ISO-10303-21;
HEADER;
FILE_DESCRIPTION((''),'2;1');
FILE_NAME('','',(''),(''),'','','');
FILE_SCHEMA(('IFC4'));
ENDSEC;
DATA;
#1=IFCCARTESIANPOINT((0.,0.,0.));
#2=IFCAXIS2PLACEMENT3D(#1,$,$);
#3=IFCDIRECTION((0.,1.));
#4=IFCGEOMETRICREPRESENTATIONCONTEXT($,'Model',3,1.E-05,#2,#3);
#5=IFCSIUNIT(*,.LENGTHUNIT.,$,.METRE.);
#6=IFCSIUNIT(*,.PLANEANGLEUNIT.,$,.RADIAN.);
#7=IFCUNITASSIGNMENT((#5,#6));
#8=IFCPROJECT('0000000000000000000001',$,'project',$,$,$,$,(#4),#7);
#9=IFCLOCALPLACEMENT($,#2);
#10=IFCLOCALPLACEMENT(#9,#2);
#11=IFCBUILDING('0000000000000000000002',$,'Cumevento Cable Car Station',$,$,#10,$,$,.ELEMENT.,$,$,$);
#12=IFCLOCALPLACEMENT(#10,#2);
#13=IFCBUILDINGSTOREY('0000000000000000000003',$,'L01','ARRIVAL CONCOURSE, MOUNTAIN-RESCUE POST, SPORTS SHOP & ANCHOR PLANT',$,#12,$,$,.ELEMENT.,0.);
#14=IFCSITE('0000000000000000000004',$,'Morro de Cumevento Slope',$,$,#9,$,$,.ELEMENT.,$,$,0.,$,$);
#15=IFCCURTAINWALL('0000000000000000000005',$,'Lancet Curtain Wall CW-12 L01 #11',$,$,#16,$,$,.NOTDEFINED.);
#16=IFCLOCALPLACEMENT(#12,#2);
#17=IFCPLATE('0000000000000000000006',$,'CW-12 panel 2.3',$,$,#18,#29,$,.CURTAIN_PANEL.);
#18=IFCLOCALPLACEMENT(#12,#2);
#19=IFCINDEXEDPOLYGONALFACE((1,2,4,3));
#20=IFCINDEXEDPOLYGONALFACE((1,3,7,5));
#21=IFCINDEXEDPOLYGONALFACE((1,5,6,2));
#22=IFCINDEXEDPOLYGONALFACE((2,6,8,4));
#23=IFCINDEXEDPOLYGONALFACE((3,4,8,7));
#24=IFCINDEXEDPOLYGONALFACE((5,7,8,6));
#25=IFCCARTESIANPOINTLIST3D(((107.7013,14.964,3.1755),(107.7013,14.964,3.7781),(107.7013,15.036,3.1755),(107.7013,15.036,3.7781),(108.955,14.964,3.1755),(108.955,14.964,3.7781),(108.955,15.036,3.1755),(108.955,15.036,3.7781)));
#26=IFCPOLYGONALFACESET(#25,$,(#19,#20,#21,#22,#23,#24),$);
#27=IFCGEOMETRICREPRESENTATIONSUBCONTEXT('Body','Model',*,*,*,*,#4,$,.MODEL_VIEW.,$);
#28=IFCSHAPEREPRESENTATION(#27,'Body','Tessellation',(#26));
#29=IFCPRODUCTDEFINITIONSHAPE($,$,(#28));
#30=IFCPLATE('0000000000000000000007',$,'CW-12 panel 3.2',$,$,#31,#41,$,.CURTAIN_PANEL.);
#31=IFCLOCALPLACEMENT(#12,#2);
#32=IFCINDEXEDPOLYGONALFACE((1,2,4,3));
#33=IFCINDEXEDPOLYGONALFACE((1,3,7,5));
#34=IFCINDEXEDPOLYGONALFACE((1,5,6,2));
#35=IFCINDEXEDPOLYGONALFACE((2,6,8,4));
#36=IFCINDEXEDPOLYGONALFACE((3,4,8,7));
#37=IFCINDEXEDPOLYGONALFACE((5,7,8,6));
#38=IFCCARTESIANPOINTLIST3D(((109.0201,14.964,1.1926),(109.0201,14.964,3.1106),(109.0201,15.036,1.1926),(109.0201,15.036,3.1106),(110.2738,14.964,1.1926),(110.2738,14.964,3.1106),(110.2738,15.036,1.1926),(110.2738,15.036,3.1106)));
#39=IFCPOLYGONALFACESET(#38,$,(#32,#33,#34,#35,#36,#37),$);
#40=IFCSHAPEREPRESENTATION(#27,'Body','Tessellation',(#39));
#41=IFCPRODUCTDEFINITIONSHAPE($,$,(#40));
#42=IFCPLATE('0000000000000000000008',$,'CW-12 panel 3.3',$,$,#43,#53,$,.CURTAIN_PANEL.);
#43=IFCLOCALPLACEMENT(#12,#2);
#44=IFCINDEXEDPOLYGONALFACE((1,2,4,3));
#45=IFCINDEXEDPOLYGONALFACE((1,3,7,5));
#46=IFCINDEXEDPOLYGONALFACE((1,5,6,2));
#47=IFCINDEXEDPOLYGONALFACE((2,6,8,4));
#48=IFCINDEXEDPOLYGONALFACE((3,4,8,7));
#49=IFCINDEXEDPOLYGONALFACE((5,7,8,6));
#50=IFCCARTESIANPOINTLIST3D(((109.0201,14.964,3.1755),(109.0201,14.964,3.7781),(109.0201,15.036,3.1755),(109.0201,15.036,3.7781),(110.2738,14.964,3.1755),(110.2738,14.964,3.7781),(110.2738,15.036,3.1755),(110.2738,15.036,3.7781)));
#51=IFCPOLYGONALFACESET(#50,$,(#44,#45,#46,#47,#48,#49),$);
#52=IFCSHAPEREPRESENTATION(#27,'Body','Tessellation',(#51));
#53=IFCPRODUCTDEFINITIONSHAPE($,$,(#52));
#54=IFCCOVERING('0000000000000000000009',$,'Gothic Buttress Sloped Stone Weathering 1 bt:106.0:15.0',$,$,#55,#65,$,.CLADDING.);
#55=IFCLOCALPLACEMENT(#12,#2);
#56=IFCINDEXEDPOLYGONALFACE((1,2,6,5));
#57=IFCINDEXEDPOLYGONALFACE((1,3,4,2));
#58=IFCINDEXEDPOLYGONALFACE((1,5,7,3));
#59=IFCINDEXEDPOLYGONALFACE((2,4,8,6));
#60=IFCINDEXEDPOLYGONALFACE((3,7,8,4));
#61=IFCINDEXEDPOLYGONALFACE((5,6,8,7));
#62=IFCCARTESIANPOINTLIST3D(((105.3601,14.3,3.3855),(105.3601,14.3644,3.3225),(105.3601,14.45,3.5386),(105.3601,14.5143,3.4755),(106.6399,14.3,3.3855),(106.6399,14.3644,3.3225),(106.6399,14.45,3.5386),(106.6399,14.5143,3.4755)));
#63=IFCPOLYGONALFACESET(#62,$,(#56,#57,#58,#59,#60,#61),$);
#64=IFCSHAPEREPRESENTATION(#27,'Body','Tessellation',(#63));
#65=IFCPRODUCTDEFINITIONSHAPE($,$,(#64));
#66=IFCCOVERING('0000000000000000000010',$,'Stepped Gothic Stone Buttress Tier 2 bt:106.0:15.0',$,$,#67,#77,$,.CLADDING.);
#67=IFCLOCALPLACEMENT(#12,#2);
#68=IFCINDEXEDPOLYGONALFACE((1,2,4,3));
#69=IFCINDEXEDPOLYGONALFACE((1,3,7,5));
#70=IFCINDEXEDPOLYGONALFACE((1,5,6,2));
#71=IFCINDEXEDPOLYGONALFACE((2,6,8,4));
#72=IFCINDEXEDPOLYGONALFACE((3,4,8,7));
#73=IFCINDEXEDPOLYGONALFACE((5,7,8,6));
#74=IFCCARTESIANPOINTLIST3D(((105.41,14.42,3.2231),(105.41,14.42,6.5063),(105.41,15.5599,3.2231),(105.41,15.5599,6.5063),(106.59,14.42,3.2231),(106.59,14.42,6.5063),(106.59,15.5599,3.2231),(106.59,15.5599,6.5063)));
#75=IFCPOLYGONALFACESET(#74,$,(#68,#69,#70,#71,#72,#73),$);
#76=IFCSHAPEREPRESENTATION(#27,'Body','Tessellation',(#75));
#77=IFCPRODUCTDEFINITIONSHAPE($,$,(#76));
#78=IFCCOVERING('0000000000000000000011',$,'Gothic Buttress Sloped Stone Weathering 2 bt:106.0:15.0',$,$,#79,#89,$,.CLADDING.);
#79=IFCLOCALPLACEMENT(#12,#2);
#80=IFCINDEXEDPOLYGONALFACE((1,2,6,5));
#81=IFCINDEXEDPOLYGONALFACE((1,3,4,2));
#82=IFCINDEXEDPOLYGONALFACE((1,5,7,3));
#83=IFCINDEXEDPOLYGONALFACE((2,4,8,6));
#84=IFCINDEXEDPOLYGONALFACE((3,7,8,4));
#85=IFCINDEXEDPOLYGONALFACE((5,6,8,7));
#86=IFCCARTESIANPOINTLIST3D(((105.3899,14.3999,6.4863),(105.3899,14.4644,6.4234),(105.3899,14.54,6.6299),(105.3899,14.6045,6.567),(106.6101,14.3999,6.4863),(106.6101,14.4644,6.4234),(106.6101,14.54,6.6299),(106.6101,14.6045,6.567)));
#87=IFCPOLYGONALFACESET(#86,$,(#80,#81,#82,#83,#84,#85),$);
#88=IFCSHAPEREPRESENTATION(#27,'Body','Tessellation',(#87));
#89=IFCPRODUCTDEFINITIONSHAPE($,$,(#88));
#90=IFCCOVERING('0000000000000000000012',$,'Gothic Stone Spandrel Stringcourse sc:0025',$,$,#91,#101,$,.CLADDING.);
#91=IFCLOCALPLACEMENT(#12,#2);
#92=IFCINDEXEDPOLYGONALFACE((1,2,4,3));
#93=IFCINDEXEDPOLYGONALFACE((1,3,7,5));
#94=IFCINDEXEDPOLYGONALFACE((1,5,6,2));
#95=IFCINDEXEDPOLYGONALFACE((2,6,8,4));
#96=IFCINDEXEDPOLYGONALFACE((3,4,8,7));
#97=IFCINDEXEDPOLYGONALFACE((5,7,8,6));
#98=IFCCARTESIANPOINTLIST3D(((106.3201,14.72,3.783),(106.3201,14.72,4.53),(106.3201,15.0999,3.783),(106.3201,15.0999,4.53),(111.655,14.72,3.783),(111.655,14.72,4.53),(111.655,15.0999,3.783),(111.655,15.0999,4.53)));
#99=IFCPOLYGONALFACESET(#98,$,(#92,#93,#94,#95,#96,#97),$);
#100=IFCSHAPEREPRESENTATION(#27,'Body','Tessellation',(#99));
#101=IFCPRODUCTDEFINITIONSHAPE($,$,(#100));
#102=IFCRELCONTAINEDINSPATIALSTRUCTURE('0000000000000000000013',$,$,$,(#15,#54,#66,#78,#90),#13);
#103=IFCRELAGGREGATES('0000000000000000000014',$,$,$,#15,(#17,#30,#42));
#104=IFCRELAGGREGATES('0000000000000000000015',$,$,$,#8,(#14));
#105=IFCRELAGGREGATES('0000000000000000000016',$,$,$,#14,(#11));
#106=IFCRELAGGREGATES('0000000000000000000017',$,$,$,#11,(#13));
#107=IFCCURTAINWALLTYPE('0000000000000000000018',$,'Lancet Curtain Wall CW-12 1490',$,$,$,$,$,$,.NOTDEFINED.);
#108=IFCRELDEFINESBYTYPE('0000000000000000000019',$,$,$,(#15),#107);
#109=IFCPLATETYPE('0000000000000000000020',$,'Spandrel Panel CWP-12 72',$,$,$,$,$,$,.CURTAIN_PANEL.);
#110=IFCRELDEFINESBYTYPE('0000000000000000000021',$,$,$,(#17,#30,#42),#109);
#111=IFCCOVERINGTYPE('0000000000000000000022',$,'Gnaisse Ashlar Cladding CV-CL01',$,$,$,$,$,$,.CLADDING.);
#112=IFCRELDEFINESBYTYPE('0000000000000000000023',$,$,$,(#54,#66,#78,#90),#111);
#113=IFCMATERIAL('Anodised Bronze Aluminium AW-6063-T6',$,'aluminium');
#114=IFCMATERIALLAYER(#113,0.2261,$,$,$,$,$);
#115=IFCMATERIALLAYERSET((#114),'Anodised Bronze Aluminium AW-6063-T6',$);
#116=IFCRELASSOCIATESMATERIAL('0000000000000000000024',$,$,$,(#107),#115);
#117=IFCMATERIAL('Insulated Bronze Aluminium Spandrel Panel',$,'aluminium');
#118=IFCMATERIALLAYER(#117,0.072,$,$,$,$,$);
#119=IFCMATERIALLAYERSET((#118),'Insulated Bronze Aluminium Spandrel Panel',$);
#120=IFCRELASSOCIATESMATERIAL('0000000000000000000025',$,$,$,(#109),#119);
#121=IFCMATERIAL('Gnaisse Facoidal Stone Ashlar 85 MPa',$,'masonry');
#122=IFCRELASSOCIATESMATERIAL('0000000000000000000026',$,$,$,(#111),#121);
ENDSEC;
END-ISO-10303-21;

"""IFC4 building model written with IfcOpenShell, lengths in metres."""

from ifc_helpers import new_model, si_unit, direction, frame, origin, origin_2d, place, context, subcontext, project, spatial, polyline, rectangle, outline, extrude, material, layer, layer_set, type_object, element, aggregate, save


model = new_model("IFC4")

# Units and contexts
model_context = context("Model", 3, precision=1e-05, world=origin(), true_north=direction((0.0, 1.0)))
body_context = subcontext(model_context, "Body", "Model", "MODEL_VIEW")
ifc_project = project(units=[si_unit("LENGTHUNIT", "METRE"), si_unit("PLANEANGLEUNIT", "RADIAN")], contexts=[model_context])

# Site, building, storey
site_placement = place(None, origin())
site = spatial("IfcSite", under=ifc_project, at=site_placement, Name="Morro de Cumevento Slope", CompositionType="ELEMENT", RefElevation=0.0)
building_placement = place(site_placement, origin())
building = spatial("IfcBuilding", under=site, at=building_placement, Name="Cumevento Cable Car Station", CompositionType="ELEMENT")
storey_placement = place(building_placement, origin())
storey = spatial("IfcBuildingStorey", under=building, at=storey_placement, Name="L01", Description="ARRIVAL CONCOURSE, MOUNTAIN-RESCUE POST, SPORTS SHOP & ANCHOR PLANT", CompositionType="ELEMENT", Elevation=0.0)

# Curtain wall
ifc_material_1 = material(Name="Anodised Bronze Aluminium AW-6063-T6", Category="aluminium")
ifc_layer_1 = layer(ifc_material_1, 0.2261)
ifc_layer_set_1 = layer_set([ifc_layer_1], Name="Anodised Bronze Aluminium AW-6063-T6")
curtain_wall_type = type_object("IfcCurtainWallType", Name="Lancet Curtain Wall CW-12 1490", PredefinedType="NOTDEFINED", material=ifc_layer_set_1)
curtain_wall_placement = place(storey_placement, origin())
curtain_wall = element("IfcCurtainWall", 1, at=curtain_wall_placement, inside=storey, type_object=curtain_wall_type, Name="Lancet Curtain Wall CW-12 L01 #11", PredefinedType="NOTDEFINED")

# Plates
ifc_material_2 = material(Name="Insulated Bronze Aluminium Spandrel Panel", Category="aluminium")
ifc_layer_2 = layer(ifc_material_2, 0.072)
ifc_layer_set_2 = layer_set([ifc_layer_2], Name="Insulated Bronze Aluminium Spandrel Panel")
plate_type = type_object("IfcPlateType", Name="Spandrel Panel CWP-12 72", PredefinedType="CURTAIN_PANEL", material=ifc_layer_set_2)
plate_1_placement = place(storey_placement, frame((108.3281, 15.0, 3.1755), z_axis=(0.0, 0.0, 1.0), x_axis=(1.0, 0.0, 0.0)))
plate_1 = element("IfcPlate", 2, at=plate_1_placement, type_object=plate_type, Name="CW-12 panel 2.3", PredefinedType="CURTAIN_PANEL", context=body_context, shape_type="SweptSolid", body=[
    extrude(rectangle(XDim=1.2537, YDim=0.072, at=origin_2d()), origin(), (0.0, 0.0, 1.0), 0.6025),
])
plate_2_placement = place(storey_placement, frame((109.647, 15.0, 1.1926), z_axis=(0.0, 0.0, 1.0), x_axis=(1.0, 0.0, 0.0)))
plate_2 = element("IfcPlate", 3, at=plate_2_placement, type_object=plate_type, Name="CW-12 panel 3.2", PredefinedType="CURTAIN_PANEL", context=body_context, shape_type="SweptSolid", body=[
    extrude(rectangle(XDim=1.2537, YDim=0.072, at=origin_2d()), origin(), (0.0, 0.0, 1.0), 1.918),
])
plate_3_placement = place(storey_placement, frame((109.647, 15.0, 3.1755), z_axis=(0.0, 0.0, 1.0), x_axis=(1.0, 0.0, 0.0)))
plate_3 = element("IfcPlate", 4, at=plate_3_placement, type_object=plate_type, Name="CW-12 panel 3.3", PredefinedType="CURTAIN_PANEL", context=body_context, shape_type="SweptSolid", body=[
    extrude(rectangle(XDim=1.2537, YDim=0.072, at=origin_2d()), origin(), (0.0, 0.0, 1.0), 0.6025),
])
aggregate(curtain_wall, [plate_1, plate_2, plate_3])

# Coverings
ifc_material_3 = material(Name="Gnaisse Facoidal Stone Ashlar 85 MPa", Category="masonry")
covering_type = type_object("IfcCoveringType", Name="Gnaisse Ashlar Cladding CV-CL01", PredefinedType="CLADDING", material=ifc_material_3)
covering_1_placement = place(storey_placement, frame((105.3601, 14.3, 3.3855), z_axis=(0.0, -0.714475, 0.699661), x_axis=(1.0, 0.0, 0.0)))
element("IfcCovering", 5, at=covering_1_placement, inside=storey, type_object=covering_type, Name="Gothic Buttress Sloped Stone Weathering 1 bt:106.0:15.0", PredefinedType="CLADDING", context=body_context, shape_type="SweptSolid", body=[
    extrude(outline(polyline([(0.0, 0.0), (1.2798, 0.0), (1.2798, 0.2142), (0.0, 0.2142), (0.0, 0.0)])), origin(), (0.0, 0.0, -1.0), 0.0901),
])
covering_2_placement = place(storey_placement, frame((106.0, 14.99, 3.2231), z_axis=(0.0, 0.0, 1.0), x_axis=(1.0, 0.0, 0.0)))
element("IfcCovering", 6, at=covering_2_placement, inside=storey, type_object=covering_type, Name="Stepped Gothic Stone Buttress Tier 2 bt:106.0:15.0", PredefinedType="CLADDING", context=body_context, shape_type="SweptSolid", body=[
    extrude(rectangle(XDim=1.1799, YDim=1.1399, at=origin_2d()), origin(), (0.0, 0.0, 1.0), 3.2832),
])
covering_3_placement = place(storey_placement, frame((105.3899, 14.3999, 6.4863), z_axis=(0.0, -0.715574, 0.698537), x_axis=(1.0, 0.0, 0.0)))
element("IfcCovering", 7, at=covering_3_placement, inside=storey, type_object=covering_type, Name="Gothic Buttress Sloped Stone Weathering 2 bt:106.0:15.0", PredefinedType="CLADDING", context=body_context, shape_type="SweptSolid", body=[
    extrude(outline(polyline([(0.0, 0.0), (1.2202, 0.0), (1.2202, 0.2006), (0.0, 0.2006), (0.0, 0.0)])), origin(), (0.0, 0.0, -1.0), 0.0901),
])
covering_4_placement = place(storey_placement, frame((108.9875, 14.9099, 3.783), z_axis=(0.0, 0.0, 1.0), x_axis=(1.0, 0.0, 0.0)))
element("IfcCovering", 8, at=covering_4_placement, inside=storey, type_object=covering_type, Name="Gothic Stone Spandrel Stringcourse sc:0025", PredefinedType="CLADDING", context=body_context, shape_type="SweptSolid", body=[
    extrude(rectangle(XDim=5.335, YDim=0.3799, at=origin_2d()), origin(), (0.0, 0.0, 1.0), 0.7471),
])

save(model, "model.ifc")
